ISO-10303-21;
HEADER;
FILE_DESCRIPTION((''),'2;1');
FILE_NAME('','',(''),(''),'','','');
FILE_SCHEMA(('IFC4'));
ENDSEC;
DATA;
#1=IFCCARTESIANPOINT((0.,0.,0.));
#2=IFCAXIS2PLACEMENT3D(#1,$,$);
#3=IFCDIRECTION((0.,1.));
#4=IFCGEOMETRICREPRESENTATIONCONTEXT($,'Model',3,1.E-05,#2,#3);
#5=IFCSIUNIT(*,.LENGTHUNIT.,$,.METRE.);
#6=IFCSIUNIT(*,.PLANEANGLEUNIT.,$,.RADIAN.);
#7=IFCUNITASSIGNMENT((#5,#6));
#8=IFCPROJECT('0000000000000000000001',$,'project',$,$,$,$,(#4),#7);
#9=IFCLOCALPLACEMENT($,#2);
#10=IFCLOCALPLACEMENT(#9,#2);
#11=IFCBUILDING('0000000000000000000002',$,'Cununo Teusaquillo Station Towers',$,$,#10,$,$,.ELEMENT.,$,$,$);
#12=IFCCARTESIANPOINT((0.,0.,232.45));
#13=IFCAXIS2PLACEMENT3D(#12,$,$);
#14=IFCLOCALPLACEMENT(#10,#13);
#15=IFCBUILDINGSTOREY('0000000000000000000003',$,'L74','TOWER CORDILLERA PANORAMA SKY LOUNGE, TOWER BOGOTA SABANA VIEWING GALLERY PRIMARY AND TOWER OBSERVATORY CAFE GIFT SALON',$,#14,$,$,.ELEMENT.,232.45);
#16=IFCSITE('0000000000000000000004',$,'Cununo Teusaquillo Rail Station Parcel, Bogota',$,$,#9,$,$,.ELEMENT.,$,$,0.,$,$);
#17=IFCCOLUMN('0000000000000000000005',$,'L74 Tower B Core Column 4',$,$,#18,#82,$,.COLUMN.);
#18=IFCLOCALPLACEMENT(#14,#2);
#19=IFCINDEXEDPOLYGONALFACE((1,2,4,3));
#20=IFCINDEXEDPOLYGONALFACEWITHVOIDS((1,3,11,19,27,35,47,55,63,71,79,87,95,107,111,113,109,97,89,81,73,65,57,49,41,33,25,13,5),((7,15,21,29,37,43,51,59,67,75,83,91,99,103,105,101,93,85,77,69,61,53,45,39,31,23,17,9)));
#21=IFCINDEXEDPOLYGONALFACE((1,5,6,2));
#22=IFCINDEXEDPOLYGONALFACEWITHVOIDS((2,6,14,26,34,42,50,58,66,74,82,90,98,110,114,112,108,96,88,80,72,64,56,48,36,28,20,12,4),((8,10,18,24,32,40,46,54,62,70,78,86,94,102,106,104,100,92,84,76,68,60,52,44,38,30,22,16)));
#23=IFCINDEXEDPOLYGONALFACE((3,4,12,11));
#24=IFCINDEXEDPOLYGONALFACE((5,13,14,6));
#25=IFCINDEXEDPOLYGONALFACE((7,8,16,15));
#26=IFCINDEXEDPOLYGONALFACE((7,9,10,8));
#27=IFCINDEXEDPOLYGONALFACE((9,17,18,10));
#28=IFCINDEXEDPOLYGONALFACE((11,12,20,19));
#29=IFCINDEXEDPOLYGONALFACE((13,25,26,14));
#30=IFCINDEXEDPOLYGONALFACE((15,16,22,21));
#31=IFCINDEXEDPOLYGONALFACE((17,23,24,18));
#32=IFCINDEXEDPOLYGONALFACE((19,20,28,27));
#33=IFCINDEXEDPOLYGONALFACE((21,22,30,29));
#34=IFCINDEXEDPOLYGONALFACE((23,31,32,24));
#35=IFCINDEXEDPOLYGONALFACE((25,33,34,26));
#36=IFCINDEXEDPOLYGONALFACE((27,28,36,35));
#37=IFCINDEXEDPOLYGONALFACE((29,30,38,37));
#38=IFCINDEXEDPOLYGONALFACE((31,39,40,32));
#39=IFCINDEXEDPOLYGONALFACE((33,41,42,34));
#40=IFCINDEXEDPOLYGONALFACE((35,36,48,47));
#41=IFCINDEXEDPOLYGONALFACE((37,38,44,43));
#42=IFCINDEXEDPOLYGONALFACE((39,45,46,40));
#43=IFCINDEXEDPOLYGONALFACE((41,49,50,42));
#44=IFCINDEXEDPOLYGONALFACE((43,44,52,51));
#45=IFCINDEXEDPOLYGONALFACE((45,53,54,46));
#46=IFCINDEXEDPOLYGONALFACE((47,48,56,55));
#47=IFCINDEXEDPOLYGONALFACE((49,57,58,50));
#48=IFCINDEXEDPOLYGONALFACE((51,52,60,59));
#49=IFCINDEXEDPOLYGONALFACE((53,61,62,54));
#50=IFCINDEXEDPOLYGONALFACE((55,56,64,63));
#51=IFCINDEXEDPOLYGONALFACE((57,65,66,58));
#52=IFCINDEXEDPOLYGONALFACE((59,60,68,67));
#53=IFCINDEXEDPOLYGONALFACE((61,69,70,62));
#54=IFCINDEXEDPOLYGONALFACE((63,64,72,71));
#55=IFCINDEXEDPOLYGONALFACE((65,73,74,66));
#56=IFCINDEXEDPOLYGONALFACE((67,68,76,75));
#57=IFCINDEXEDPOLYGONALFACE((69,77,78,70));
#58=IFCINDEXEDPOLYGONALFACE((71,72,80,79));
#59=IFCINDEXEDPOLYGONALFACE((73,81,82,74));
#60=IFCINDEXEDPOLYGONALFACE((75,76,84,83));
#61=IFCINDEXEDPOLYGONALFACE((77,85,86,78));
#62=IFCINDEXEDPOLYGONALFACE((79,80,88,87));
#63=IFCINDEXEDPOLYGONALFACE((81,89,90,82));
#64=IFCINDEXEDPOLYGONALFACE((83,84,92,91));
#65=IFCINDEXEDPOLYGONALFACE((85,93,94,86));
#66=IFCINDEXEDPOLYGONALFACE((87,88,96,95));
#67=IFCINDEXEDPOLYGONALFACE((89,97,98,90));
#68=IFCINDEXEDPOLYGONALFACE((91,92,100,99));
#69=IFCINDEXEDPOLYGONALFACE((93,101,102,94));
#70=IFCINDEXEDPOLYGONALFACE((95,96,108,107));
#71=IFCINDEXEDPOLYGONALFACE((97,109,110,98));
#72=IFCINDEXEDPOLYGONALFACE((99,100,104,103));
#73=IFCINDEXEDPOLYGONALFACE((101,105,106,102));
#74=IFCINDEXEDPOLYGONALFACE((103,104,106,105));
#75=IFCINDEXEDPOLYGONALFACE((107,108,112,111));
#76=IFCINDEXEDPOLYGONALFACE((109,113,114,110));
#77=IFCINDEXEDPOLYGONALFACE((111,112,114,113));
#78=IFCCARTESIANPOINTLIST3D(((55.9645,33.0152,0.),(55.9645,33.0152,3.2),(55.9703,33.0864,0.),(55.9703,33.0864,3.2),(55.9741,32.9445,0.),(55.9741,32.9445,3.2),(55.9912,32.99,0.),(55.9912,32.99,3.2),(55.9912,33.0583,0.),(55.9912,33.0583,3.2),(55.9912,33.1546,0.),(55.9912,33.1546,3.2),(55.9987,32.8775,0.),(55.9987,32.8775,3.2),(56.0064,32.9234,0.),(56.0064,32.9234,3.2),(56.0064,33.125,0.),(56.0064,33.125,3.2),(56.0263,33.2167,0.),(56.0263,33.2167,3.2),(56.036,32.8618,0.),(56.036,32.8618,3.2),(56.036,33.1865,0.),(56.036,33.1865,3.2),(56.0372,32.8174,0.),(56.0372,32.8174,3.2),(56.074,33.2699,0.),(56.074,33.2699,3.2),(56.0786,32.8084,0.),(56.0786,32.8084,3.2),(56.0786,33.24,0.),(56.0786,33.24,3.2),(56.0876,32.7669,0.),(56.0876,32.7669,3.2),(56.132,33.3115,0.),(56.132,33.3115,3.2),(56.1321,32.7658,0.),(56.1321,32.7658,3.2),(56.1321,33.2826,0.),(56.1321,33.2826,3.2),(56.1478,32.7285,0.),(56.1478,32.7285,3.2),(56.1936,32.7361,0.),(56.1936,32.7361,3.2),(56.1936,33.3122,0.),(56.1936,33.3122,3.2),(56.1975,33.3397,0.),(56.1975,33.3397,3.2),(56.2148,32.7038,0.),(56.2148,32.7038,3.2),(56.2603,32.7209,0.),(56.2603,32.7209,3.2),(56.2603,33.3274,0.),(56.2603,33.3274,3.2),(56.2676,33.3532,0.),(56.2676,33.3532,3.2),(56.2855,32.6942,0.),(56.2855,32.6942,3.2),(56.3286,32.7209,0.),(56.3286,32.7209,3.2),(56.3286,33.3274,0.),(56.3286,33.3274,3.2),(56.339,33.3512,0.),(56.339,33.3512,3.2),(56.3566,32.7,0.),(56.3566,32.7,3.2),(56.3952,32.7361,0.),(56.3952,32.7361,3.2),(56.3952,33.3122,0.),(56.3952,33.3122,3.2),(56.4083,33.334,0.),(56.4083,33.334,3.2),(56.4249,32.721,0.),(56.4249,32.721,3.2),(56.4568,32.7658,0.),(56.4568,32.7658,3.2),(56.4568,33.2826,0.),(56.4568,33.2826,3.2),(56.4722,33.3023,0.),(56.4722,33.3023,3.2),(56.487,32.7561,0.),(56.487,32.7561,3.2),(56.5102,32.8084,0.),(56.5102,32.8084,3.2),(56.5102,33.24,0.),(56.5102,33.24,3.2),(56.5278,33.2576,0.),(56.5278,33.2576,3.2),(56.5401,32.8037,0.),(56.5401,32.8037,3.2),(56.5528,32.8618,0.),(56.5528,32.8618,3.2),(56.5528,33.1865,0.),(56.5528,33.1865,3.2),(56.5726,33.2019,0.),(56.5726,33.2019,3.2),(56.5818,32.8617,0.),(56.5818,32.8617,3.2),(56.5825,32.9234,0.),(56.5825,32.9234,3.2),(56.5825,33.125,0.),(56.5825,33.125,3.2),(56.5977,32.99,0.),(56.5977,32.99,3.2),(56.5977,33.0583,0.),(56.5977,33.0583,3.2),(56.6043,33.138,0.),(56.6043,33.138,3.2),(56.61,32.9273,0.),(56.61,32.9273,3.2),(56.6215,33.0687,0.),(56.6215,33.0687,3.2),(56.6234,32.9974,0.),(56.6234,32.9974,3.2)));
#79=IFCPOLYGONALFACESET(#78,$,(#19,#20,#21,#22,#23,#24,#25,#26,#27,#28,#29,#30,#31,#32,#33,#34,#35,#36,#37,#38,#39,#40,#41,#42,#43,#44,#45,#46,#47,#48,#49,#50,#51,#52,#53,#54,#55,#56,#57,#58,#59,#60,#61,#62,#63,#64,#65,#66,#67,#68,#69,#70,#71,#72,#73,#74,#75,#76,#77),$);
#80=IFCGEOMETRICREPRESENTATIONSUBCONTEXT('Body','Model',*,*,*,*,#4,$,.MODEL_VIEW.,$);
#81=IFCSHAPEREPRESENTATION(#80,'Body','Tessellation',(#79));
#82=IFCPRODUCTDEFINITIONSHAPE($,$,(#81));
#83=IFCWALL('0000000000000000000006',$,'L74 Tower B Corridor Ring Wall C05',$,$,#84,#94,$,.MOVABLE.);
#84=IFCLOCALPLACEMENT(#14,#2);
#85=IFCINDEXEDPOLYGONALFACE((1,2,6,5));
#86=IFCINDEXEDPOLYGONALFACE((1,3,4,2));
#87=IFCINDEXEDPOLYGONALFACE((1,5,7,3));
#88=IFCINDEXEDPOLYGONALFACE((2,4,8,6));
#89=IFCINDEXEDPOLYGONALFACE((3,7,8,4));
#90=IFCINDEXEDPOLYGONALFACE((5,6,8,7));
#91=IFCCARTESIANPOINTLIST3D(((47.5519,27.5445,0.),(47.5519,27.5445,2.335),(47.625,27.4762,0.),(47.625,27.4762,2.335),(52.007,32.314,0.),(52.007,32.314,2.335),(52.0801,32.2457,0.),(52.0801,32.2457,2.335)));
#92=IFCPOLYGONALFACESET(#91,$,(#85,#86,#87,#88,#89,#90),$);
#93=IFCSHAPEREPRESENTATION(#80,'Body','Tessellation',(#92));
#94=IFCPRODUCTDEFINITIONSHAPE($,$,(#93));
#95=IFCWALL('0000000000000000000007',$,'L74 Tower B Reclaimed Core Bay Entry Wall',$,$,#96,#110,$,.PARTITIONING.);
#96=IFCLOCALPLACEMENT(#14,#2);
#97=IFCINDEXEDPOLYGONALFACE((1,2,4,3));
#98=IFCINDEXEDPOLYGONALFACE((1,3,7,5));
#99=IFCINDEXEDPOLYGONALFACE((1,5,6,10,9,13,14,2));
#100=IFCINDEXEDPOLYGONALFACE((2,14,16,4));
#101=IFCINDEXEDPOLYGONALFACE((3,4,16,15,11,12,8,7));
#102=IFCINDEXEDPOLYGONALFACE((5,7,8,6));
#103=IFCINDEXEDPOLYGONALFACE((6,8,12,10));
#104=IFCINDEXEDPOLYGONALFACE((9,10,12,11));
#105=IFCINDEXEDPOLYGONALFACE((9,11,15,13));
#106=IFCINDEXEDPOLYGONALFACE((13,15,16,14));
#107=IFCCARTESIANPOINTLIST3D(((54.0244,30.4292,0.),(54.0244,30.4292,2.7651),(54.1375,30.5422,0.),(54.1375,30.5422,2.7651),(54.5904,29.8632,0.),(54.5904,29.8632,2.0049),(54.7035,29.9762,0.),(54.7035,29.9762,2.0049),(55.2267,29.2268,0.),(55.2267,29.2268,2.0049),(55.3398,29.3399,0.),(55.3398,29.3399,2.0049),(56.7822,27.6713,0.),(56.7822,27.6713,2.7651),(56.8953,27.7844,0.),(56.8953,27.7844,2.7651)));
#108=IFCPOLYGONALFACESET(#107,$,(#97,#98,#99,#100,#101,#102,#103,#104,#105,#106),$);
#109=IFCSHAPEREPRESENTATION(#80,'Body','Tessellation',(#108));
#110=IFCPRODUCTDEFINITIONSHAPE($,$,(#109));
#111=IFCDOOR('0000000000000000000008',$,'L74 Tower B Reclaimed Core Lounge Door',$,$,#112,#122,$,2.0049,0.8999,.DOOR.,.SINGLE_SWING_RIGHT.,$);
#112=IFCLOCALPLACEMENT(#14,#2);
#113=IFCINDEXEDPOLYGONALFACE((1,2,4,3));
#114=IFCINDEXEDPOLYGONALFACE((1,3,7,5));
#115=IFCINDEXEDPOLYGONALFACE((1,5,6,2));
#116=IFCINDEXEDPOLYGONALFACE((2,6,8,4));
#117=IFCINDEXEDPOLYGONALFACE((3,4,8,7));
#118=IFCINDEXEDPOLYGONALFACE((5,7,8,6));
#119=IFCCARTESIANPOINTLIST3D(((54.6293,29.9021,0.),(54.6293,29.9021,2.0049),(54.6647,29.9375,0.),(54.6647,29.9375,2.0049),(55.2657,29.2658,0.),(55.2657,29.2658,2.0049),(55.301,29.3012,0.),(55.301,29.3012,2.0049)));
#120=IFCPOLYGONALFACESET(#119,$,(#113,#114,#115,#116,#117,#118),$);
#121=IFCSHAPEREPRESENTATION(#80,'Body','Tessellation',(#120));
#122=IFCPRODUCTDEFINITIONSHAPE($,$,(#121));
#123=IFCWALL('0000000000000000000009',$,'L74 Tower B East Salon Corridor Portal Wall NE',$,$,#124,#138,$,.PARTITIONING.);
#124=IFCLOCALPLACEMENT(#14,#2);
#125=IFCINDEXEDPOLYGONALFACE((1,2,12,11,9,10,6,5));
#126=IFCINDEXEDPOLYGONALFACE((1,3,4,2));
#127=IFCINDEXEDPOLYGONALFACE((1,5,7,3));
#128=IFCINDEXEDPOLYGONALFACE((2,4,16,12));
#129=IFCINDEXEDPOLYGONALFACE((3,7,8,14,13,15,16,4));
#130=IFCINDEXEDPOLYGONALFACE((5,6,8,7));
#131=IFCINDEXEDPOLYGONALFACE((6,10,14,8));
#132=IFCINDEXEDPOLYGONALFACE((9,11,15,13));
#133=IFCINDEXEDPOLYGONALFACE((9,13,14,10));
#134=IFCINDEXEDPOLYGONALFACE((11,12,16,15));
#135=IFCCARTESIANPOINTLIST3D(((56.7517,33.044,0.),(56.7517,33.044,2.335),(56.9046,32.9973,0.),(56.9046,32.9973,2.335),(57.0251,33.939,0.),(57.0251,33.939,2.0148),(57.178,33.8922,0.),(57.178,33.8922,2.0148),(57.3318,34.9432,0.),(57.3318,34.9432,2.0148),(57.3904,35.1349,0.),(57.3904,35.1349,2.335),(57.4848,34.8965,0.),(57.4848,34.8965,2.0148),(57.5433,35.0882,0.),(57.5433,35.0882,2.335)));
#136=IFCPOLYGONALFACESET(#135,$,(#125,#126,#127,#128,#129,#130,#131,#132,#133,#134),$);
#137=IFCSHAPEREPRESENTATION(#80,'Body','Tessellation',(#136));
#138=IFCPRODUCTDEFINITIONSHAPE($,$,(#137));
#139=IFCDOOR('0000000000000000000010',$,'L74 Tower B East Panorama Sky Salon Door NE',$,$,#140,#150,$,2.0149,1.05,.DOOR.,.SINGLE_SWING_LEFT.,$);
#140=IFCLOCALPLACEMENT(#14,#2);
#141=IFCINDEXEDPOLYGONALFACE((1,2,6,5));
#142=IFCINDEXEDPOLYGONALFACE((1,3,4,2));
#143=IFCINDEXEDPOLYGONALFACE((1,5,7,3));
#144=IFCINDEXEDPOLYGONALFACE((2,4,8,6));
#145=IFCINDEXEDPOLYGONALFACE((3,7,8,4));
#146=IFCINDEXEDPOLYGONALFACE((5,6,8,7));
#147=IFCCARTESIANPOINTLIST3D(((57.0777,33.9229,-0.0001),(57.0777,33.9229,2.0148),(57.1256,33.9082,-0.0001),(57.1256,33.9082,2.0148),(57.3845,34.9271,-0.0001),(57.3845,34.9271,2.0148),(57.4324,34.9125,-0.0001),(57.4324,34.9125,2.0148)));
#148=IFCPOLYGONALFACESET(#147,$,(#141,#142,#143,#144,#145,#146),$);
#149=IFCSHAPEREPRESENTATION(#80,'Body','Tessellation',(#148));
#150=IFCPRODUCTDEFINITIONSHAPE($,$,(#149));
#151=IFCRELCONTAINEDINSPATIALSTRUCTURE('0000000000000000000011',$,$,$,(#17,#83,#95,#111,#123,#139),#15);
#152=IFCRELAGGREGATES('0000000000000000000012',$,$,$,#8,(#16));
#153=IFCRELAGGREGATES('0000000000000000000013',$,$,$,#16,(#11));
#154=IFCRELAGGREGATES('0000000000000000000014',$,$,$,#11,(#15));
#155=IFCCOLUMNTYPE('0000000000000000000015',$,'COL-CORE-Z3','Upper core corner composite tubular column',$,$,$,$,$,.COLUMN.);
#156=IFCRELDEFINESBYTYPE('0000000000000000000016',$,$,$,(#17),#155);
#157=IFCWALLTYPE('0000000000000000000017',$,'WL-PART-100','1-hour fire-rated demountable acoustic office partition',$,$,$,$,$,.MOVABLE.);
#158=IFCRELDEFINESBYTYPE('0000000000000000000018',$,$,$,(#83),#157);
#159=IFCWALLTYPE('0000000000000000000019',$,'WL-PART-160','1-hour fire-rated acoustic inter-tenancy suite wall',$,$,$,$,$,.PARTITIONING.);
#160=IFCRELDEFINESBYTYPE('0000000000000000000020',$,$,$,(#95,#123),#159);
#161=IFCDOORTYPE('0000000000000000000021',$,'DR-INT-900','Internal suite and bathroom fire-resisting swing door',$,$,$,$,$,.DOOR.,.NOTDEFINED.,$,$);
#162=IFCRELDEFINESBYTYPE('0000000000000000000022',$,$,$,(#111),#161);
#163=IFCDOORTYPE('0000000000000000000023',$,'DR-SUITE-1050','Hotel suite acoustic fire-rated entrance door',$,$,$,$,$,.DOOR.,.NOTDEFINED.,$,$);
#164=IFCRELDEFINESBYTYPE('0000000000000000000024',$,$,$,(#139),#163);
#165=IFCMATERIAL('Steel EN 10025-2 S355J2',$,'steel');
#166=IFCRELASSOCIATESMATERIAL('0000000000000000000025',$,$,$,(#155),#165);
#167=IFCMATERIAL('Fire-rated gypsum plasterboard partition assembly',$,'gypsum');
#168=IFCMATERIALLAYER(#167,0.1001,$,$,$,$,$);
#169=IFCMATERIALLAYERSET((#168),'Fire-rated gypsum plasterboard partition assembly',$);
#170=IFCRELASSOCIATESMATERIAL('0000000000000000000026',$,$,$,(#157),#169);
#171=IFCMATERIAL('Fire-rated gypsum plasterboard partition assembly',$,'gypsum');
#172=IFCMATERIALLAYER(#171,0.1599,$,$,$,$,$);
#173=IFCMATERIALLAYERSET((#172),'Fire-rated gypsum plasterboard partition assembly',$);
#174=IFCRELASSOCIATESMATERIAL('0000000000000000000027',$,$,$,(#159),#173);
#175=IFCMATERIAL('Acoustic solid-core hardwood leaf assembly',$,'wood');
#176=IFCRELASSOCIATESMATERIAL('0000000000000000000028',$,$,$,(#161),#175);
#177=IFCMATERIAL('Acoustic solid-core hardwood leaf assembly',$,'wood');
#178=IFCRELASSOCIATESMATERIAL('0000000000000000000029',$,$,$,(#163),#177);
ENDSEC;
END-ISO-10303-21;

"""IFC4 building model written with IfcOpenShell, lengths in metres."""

from ifc_helpers import new_model, si_unit, direction, frame, frame_2d, origin, origin_2d, place, context, subcontext, project, spatial, rectangle, hollow_circle, extrude, source, transform, mapped, material, layer, layer_set, material_profile, profile_set, type_object, element, fill, save


model = new_model("IFC4")

# Units and contexts
model_context = context("Model", 3, precision=1e-05, world=origin(), true_north=direction((0.0, 1.0)))
body_context = subcontext(model_context, "Body", "Model", "MODEL_VIEW")
ifc_project = project(units=[si_unit("LENGTHUNIT", "METRE"), si_unit("PLANEANGLEUNIT", "RADIAN")], contexts=[model_context])

# Site, building, storey
site_placement = place(None, origin())
site = spatial("IfcSite", under=ifc_project, at=site_placement, Name="Cununo Teusaquillo Rail Station Parcel, Bogota", CompositionType="ELEMENT", RefElevation=0.0)
building_placement = place(site_placement, origin())
building = spatial("IfcBuilding", under=site, at=building_placement, Name="Cununo Teusaquillo Station Towers", CompositionType="ELEMENT")
storey_placement = place(building_placement, frame((0.0, 0.0, 232.45)))
storey = spatial("IfcBuildingStorey", under=building, at=storey_placement, Name="L74", Description="TOWER CORDILLERA PANORAMA SKY LOUNGE, TOWER BOGOTA SABANA VIEWING GALLERY PRIMARY AND TOWER OBSERVATORY CAFE GIFT SALON", CompositionType="ELEMENT", Elevation=232.45)

# Column
ifc_material_1 = material(Name="Steel EN 10025-2 S355J2", Category="steel")
ifc_material_profile = material_profile(ifc_material_1, hollow_circle(Radius=0.3301, WallThickness=0.0249, at=origin_2d()), Name="CHS 660x25")
ifc_profile_set = profile_set([ifc_material_profile], Name="Steel EN 10025-2 S355J2")
column_type = type_object("IfcColumnType", Name="COL-CORE-Z3", Description="Upper core corner composite tubular column", PredefinedType="COLUMN", material=ifc_profile_set)
column_placement = place(storey_placement, frame((56.2944, 33.0242, 0.0), z_axis=(0.0, 0.0, 1.0), x_axis=(0.707107, 0.707107, 0.0)))
element("IfcColumn", 1, at=column_placement, inside=storey, type_object=column_type, Name="L74 Tower B Core Column 4", PredefinedType="COLUMN", context=body_context, shape_type="SweptSolid", body=[
    extrude(hollow_circle(Radius=0.3301, WallThickness=0.0249, at=origin_2d()), origin(), (0.0, 0.0, 1.0), 3.2),
])

# Wall
ifc_material_2 = material(Name="Fire-rated gypsum plasterboard partition assembly", Category="gypsum")
ifc_layer_1 = layer(ifc_material_2, 0.1001)
ifc_layer_set_1 = layer_set([ifc_layer_1], Name="Fire-rated gypsum plasterboard partition assembly")
wall_type_1 = type_object("IfcWallType", Name="WL-PART-100", Description="1-hour fire-rated demountable acoustic office partition", PredefinedType="MOVABLE", material=ifc_layer_set_1)
wall_1_placement = place(storey_placement, frame((52.0435, 32.2798, 0.0), z_axis=(0.0, 0.0, 1.0), x_axis=(-0.682606, -0.730787, 0.0)))
element("IfcWall", 2, at=wall_1_placement, inside=storey, type_object=wall_type_1, Name="L74 Tower B Corridor Ring Wall C05", PredefinedType="MOVABLE", context=body_context, shape_type="SweptSolid", body=[
    extrude(rectangle(XDim=6.5266, YDim=0.1001, at=frame_2d((3.2632, 0.0))), origin(), (0.0, 0.0, 1.0), 2.335),
])

# Walls, openings, doors
ifc_material_3 = material(Name="Fire-rated gypsum plasterboard partition assembly", Category="gypsum")
ifc_layer_2 = layer(ifc_material_3, 0.1599)
ifc_layer_set_2 = layer_set([ifc_layer_2], Name="Fire-rated gypsum plasterboard partition assembly")
wall_type_2 = type_object("IfcWallType", Name="WL-PART-160", Description="1-hour fire-rated acoustic inter-tenancy suite wall", PredefinedType="PARTITIONING", material=ifc_layer_set_2)
wall_2_placement = place(storey_placement, frame((56.8389, 27.7278, 0.0), z_axis=(0.0, 0.0, 1.0), x_axis=(-0.707107, 0.707107, 0.0)))
wall_2 = element("IfcWall", 3, at=wall_2_placement, inside=storey, type_object=wall_type_2, Name="L74 Tower B Reclaimed Core Bay Entry Wall", PredefinedType="PARTITIONING", context=body_context, shape_type="SweptSolid", body=[
    extrude(rectangle(XDim=3.9001, YDim=0.1599, at=frame_2d((1.9502, 0.0))), origin(), (0.0, 0.0, 1.0), 2.7651),
])
shared_shape_1 = source(origin(), body_context, "Body", "SweptSolid", [
    extrude(rectangle(XDim=0.8999, YDim=2.0049, at=frame_2d((0.45, 1.0024))), frame((0.0, 0.0898, 0.0), z_axis=(0.0, -1.0, 0.0), x_axis=(1.0, 0.0, 0.0)), (0.0, 0.0, 1.0), 0.1799),
])
opening_1_placement = place(wall_2_placement, frame((2.2, 0.0, 0.0)))
opening_1 = element("IfcOpeningElement", 4, at=opening_1_placement, cuts=wall_2, PredefinedType="OPENING", context=body_context, shape_type="MappedRepresentation", body=[
    mapped(shared_shape_1, transform((0.0, 0.0, 0.0), x_axis=(1.0, 0.0, 0.0), y_axis=(0.0, 1.0, 0.0), z_axis=(0.0, 0.0, 1.0), scale=1.0)),
])
ifc_material_4 = material(Name="Acoustic solid-core hardwood leaf assembly", Category="wood")
door_type_1 = type_object("IfcDoorType", Name="DR-INT-900", Description="Internal suite and bathroom fire-resisting swing door", OperationType="NOTDEFINED", PredefinedType="DOOR", material=ifc_material_4)
shared_shape_2 = source(origin(), body_context, "Body", "SweptSolid", [
    extrude(rectangle(XDim=0.8999, YDim=2.0049, at=frame_2d((0.45, 1.0024))), frame((0.0, 0.0249, 0.0), z_axis=(0.0, -1.0, 0.0), x_axis=(1.0, 0.0, 0.0)), (0.0, 0.0, 1.0), 0.05),
])
door_1_placement = place(opening_1_placement, origin())
door_1 = element("IfcDoor", 5, at=door_1_placement, inside=storey, type_object=door_type_1, Name="L74 Tower B Reclaimed Core Lounge Door", OperationType="SINGLE_SWING_RIGHT", OverallHeight=2.0049, OverallWidth=0.8999, PredefinedType="DOOR", context=body_context, shape_type="MappedRepresentation", body=[
    mapped(shared_shape_2, transform((0.0, 0.0, 0.0), x_axis=(1.0, 0.0, 0.0), y_axis=(0.0, 1.0, 0.0), z_axis=(0.0, 0.0, 1.0), scale=1.0)),
])
fill(opening_1, door_1)
wall_3_placement = place(storey_placement, frame((56.8281, 33.0205, 0.0), z_axis=(0.0, 0.0, 1.0), x_axis=(0.292139, 0.956376, 0.0)))
wall_3 = element("IfcWall", 6, at=wall_3_placement, inside=storey, type_object=wall_type_2, Name="L74 Tower B East Salon Corridor Portal Wall NE", PredefinedType="PARTITIONING", context=body_context, shape_type="SweptSolid", body=[
    extrude(rectangle(XDim=2.1863, YDim=0.1599, at=frame_2d((1.0933, 0.0))), origin(), (0.0, 0.0, 1.0), 2.335),
])
shared_shape_3 = source(origin(), body_context, "Body", "SweptSolid", [
    extrude(rectangle(XDim=1.05, YDim=2.0149, at=frame_2d((0.5249, 1.0073))), frame((0.0, 0.0898, 0.0), z_axis=(0.0, -1.0, 0.0), x_axis=(1.0, 0.0, 0.0)), (0.0, 0.0, 1.0), 0.1799),
])
opening_2_placement = place(wall_3_placement, frame((0.936, 0.0, 0.0)))
opening_2 = element("IfcOpeningElement", 7, at=opening_2_placement, cuts=wall_3, PredefinedType="OPENING", context=body_context, shape_type="MappedRepresentation", body=[
    mapped(shared_shape_3, transform((0.0, 0.0, 0.0), x_axis=(1.0, 0.0, 0.0), y_axis=(0.0, 1.0, 0.0), z_axis=(0.0, 0.0, 1.0), scale=1.0)),
])
ifc_material_5 = material(Name="Acoustic solid-core hardwood leaf assembly", Category="wood")
door_type_2 = type_object("IfcDoorType", Name="DR-SUITE-1050", Description="Hotel suite acoustic fire-rated entrance door", OperationType="NOTDEFINED", PredefinedType="DOOR", material=ifc_material_5)
shared_shape_4 = source(origin(), body_context, "Body", "SweptSolid", [
    extrude(rectangle(XDim=1.05, YDim=2.0149, at=frame_2d((0.5249, 1.0073))), frame((0.0, 0.0249, 0.0), z_axis=(0.0, -1.0, 0.0), x_axis=(1.0, 0.0, 0.0)), (0.0, 0.0, 1.0), 0.05),
])
door_2_placement = place(opening_2_placement, origin())
door_2 = element("IfcDoor", 8, at=door_2_placement, inside=storey, type_object=door_type_2, Name="L74 Tower B East Panorama Sky Salon Door NE", OperationType="SINGLE_SWING_LEFT", OverallHeight=2.0149, OverallWidth=1.05, PredefinedType="DOOR", context=body_context, shape_type="MappedRepresentation", body=[
    mapped(shared_shape_4, transform((0.0, 0.0, 0.0), x_axis=(1.0, 0.0, 0.0), y_axis=(0.0, 1.0, 0.0), z_axis=(0.0, 0.0, 1.0), scale=1.0)),
])
fill(opening_2, door_2)

save(model, "model.ifc")
